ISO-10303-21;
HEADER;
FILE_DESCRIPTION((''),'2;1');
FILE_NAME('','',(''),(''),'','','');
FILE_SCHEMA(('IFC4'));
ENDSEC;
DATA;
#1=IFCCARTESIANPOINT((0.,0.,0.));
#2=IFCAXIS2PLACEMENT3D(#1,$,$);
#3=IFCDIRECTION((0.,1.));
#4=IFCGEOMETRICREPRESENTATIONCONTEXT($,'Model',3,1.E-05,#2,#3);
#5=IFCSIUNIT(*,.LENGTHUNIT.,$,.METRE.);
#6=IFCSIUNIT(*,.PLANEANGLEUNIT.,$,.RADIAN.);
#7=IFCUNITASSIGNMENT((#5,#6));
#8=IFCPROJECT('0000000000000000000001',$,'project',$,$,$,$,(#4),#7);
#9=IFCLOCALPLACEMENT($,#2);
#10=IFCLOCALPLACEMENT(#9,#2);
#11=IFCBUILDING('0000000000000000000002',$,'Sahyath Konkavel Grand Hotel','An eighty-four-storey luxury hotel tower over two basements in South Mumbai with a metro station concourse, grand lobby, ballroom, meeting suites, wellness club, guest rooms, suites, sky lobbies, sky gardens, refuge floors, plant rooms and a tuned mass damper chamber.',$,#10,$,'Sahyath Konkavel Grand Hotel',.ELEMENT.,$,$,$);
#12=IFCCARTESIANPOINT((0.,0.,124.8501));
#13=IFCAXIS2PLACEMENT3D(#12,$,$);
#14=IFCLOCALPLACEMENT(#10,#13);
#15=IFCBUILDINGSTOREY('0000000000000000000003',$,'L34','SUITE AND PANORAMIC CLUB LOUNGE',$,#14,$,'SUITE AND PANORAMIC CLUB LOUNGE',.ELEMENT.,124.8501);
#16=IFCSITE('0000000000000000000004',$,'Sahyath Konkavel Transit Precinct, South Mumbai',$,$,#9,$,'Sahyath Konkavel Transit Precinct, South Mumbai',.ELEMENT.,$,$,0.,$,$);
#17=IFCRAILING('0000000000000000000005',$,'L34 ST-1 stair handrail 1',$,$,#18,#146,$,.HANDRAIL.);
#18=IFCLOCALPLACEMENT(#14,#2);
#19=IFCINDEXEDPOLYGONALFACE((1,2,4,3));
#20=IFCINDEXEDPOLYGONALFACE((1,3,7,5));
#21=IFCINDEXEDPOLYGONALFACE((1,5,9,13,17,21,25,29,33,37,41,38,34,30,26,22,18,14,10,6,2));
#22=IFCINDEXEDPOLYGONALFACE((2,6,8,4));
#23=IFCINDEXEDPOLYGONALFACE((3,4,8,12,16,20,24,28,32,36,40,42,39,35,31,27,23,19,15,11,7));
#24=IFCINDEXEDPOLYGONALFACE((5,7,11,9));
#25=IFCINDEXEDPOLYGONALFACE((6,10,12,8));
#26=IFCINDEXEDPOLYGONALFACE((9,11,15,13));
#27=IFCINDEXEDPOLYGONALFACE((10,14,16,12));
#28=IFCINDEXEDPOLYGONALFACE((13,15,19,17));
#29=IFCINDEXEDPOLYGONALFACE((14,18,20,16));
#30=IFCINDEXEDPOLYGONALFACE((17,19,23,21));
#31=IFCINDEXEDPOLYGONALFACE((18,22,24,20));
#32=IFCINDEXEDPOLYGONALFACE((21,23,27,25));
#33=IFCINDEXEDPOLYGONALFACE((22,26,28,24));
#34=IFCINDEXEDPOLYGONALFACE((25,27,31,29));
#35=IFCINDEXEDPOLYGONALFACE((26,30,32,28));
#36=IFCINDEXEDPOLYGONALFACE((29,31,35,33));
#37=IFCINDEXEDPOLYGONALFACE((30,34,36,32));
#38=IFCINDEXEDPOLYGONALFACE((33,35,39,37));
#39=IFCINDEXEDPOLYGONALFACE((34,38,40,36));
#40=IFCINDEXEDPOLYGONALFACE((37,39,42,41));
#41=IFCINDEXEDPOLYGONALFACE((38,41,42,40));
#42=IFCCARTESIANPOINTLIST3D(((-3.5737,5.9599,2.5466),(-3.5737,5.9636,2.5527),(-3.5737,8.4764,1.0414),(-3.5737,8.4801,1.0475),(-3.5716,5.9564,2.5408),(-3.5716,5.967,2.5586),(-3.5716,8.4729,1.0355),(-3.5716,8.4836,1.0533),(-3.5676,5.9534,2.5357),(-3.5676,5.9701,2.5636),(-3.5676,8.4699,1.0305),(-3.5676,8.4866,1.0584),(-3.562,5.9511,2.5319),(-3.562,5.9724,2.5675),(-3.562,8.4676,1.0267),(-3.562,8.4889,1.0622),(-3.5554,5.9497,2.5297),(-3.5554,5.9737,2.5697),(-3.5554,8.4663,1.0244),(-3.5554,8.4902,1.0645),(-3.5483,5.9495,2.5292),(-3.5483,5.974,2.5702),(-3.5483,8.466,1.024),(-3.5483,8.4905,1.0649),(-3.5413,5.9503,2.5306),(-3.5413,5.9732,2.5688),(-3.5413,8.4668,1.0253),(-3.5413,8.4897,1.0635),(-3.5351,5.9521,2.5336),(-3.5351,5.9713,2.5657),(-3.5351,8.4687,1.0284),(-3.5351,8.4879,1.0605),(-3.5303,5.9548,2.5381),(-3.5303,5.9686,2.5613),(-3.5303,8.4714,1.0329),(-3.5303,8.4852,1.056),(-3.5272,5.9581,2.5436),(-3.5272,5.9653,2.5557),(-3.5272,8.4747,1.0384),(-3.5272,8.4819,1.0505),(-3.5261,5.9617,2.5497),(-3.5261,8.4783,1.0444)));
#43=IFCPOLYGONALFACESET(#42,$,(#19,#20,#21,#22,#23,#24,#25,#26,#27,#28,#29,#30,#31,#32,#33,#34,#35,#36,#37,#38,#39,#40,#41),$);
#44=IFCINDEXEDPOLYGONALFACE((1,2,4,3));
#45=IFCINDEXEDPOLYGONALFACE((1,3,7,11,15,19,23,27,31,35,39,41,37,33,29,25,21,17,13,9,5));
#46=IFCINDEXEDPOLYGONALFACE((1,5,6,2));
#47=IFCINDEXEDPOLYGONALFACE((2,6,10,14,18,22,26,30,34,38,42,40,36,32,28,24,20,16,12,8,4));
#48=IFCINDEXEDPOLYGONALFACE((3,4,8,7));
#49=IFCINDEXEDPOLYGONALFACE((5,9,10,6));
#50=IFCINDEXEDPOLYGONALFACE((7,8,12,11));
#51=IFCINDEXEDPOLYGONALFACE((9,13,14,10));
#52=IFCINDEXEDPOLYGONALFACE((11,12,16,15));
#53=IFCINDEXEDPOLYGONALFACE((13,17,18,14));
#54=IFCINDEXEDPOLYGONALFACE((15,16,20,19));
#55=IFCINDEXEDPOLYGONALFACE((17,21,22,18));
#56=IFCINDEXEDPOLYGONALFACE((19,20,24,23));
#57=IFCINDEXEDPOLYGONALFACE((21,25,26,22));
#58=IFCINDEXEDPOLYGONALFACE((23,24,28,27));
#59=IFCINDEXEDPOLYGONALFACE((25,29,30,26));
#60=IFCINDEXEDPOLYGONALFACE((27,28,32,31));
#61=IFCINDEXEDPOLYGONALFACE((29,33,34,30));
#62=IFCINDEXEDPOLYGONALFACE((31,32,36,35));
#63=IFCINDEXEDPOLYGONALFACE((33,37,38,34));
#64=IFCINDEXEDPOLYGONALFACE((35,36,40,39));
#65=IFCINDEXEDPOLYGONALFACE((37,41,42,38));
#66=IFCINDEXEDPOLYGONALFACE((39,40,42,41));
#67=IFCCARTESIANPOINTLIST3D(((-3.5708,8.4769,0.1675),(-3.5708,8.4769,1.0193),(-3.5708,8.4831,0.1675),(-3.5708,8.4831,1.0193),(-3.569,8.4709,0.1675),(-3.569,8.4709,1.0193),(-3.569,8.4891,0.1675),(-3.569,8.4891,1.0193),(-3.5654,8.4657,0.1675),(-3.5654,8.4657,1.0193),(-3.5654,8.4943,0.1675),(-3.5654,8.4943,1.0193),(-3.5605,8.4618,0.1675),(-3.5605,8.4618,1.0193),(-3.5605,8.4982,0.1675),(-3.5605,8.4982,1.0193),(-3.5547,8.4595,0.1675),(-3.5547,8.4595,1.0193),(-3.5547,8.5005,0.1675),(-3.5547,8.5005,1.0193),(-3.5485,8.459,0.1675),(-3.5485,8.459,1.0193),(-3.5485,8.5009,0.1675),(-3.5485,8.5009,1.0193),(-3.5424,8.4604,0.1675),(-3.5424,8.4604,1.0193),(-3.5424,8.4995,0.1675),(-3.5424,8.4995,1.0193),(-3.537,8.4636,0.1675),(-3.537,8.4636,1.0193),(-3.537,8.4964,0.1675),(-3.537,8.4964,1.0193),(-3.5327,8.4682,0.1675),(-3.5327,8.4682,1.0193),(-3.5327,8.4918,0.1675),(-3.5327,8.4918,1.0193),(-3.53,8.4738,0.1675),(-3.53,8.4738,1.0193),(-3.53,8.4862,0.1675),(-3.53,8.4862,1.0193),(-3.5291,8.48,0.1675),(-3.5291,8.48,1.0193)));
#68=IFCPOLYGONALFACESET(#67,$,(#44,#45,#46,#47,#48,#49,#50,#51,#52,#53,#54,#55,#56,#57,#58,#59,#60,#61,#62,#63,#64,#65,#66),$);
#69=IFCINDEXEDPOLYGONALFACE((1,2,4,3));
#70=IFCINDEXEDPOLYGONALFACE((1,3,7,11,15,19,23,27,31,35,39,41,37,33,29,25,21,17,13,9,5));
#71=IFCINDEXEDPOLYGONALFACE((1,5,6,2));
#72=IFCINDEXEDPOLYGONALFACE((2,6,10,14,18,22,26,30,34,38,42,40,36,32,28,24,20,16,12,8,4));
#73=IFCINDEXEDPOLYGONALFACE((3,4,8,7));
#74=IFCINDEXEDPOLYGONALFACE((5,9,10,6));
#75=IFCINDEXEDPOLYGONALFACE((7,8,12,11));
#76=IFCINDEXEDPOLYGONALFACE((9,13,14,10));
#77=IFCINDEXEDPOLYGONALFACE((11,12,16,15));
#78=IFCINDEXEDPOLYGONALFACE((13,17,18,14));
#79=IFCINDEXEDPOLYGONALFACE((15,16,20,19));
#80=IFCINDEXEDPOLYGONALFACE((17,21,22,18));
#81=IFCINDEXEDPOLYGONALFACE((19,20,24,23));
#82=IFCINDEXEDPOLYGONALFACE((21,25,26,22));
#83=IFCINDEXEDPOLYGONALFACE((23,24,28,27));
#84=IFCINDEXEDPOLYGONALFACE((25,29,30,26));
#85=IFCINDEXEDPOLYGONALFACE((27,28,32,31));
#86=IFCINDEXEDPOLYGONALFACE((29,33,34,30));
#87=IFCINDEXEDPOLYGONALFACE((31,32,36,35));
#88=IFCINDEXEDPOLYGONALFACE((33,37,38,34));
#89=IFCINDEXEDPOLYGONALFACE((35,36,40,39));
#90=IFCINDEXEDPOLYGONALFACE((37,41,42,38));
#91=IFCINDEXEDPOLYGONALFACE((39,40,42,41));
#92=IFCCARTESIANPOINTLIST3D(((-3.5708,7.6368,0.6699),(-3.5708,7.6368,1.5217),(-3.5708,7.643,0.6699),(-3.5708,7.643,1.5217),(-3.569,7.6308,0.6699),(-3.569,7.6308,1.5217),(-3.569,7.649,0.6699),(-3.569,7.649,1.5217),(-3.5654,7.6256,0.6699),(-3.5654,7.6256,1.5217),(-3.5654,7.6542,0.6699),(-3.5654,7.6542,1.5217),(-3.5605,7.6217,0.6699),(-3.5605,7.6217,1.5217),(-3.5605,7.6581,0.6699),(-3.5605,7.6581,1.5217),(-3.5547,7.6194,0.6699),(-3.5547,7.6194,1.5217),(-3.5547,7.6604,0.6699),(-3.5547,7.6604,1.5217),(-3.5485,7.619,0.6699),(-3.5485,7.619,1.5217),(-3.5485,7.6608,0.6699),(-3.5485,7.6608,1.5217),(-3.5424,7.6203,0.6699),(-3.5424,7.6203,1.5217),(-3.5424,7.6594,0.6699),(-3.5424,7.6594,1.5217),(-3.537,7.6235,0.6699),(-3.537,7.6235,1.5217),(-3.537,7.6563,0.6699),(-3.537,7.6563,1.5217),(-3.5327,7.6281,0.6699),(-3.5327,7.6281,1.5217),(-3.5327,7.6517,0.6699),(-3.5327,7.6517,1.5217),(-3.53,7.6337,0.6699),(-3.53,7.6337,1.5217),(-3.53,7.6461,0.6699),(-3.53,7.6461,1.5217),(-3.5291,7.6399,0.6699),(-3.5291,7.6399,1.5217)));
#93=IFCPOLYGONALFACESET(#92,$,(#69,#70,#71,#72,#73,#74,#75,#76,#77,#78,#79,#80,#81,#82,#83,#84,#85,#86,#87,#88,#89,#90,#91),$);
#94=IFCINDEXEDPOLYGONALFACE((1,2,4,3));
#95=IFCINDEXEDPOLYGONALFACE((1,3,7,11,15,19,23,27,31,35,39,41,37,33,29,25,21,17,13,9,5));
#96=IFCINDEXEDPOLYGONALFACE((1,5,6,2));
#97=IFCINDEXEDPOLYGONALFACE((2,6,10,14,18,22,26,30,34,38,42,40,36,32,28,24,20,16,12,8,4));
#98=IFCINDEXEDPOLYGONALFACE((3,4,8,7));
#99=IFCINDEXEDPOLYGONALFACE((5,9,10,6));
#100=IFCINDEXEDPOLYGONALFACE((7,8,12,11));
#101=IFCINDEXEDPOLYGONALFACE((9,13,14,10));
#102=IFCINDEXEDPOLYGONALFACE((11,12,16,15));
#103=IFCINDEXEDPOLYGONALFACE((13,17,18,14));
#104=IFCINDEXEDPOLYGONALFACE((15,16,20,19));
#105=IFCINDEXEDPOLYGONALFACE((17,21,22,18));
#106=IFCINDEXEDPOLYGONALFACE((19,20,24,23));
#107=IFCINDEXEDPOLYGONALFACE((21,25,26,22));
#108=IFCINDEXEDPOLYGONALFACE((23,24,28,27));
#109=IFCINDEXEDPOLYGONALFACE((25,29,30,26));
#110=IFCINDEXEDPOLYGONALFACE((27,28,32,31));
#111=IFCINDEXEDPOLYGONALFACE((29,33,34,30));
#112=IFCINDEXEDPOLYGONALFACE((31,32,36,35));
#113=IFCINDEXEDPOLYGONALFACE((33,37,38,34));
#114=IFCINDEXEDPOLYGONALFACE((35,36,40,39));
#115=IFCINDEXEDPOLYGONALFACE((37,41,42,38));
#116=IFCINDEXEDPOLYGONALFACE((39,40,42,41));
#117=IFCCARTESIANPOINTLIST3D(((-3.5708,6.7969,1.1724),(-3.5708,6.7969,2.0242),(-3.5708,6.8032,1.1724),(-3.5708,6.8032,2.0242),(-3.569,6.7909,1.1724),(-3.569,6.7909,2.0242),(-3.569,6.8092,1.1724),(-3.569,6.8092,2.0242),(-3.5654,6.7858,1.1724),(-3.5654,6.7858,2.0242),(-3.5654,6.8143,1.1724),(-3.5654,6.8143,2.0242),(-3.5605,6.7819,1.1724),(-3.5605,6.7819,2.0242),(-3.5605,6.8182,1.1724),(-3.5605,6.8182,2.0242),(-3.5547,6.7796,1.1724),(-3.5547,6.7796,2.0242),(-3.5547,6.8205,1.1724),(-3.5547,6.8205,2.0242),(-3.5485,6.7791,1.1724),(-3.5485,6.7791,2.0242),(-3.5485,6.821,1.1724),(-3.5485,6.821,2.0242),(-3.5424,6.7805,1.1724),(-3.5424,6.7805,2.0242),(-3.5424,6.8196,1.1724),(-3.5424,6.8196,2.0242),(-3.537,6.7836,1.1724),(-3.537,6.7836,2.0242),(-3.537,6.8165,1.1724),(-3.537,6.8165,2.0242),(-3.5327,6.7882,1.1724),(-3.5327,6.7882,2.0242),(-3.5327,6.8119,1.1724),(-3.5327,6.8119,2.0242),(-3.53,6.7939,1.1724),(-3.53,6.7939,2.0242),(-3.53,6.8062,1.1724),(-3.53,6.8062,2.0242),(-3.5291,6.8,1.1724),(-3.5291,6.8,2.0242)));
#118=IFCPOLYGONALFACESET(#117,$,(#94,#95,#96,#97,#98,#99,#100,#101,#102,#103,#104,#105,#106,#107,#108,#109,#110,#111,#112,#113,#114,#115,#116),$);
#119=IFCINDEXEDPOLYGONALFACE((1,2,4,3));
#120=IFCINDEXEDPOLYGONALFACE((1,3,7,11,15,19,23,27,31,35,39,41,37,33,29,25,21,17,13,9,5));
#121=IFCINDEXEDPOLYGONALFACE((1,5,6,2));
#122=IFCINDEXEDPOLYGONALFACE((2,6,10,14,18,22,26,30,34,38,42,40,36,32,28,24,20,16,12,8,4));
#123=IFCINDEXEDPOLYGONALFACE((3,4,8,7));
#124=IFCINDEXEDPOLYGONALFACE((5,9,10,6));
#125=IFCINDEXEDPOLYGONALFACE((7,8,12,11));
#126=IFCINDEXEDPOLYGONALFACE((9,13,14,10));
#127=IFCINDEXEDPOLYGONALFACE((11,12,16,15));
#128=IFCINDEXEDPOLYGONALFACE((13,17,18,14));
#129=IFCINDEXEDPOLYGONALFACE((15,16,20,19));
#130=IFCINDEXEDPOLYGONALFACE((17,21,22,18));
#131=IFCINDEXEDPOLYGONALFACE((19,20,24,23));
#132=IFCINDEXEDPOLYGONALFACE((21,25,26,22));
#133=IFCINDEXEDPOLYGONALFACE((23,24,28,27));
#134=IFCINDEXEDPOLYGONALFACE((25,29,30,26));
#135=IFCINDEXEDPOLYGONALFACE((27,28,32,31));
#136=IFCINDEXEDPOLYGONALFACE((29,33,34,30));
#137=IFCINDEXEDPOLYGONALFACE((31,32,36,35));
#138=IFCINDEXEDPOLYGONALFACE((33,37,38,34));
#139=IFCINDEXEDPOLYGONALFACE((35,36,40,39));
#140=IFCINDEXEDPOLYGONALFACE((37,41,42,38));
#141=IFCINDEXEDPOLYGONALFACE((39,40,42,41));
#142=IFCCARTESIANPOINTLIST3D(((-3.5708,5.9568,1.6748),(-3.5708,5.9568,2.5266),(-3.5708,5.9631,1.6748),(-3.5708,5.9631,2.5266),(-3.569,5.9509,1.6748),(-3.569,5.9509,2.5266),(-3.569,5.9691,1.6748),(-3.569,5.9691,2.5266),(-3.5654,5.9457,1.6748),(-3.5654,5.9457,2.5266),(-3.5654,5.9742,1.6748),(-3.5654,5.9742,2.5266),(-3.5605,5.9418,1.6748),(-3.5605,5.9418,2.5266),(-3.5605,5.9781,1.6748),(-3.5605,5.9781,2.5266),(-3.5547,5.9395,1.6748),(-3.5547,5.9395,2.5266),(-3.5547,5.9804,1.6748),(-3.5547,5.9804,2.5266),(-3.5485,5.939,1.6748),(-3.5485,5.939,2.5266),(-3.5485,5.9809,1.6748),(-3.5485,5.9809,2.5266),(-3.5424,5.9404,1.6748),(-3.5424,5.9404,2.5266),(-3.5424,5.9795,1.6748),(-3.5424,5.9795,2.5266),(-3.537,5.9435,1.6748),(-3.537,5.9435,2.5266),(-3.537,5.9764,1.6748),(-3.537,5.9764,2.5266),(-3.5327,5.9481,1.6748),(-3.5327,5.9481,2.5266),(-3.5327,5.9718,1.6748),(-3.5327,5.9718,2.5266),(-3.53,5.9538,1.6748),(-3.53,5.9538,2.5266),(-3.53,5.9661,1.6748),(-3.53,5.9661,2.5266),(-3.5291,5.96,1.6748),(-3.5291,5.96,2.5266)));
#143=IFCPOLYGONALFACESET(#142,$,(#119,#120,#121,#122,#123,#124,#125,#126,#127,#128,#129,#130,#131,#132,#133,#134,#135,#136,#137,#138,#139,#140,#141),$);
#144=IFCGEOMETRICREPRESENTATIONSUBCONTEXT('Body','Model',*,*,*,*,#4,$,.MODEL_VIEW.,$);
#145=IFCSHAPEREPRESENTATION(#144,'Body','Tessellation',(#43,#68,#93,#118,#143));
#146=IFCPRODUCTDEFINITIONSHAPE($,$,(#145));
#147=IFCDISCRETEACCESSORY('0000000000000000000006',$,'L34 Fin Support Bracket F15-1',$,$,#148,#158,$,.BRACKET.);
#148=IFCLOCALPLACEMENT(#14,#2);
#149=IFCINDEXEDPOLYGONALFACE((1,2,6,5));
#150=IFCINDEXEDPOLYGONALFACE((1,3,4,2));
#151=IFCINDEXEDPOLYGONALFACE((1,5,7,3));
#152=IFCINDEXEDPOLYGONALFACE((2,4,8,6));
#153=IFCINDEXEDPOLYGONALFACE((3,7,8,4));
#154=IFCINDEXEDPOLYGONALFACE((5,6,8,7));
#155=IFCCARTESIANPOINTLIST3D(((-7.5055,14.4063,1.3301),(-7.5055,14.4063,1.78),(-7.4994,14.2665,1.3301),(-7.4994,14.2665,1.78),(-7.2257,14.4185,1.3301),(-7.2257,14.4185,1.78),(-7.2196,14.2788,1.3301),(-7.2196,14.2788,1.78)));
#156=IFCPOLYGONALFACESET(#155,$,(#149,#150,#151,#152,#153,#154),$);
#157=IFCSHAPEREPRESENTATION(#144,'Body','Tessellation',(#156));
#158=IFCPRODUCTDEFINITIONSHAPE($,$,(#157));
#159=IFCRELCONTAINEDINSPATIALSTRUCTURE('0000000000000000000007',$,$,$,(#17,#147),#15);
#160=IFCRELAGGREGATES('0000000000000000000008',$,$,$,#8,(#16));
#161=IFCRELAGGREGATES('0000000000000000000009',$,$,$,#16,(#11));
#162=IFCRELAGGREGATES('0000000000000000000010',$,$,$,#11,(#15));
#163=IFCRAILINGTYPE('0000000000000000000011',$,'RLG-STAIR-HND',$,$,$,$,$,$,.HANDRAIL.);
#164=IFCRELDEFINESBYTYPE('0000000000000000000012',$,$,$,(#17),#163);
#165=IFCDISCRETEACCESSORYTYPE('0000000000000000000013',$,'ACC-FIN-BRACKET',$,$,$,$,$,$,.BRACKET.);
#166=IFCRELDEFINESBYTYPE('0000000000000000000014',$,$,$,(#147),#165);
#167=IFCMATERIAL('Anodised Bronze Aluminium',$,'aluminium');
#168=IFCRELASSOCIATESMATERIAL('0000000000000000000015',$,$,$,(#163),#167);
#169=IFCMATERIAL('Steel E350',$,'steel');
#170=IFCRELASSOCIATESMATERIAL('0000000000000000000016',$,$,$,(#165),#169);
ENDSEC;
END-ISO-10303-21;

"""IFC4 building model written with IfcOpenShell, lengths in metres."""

from ifc_helpers import new_model, si_unit, direction, frame, origin, origin_2d, place, context, subcontext, project, spatial, rectangle, circle, extrude, source, transform, mapped, material, type_object, element, save


model = new_model("IFC4")

# Units and contexts
model_context = context("Model", 3, precision=1e-05, world=origin(), true_north=direction((0.0, 1.0)))
body_context = subcontext(model_context, "Body", "Model", "MODEL_VIEW")
ifc_project = project(units=[si_unit("LENGTHUNIT", "METRE"), si_unit("PLANEANGLEUNIT", "RADIAN")], contexts=[model_context])

# Site, building, storey
site_placement = place(None, origin())
site = spatial("IfcSite", under=ifc_project, at=site_placement, Name="Sahyath Konkavel Transit Precinct, South Mumbai", LongName="Sahyath Konkavel Transit Precinct, South Mumbai", CompositionType="ELEMENT", RefElevation=0.0)
building_placement = place(site_placement, origin())
building = spatial("IfcBuilding", under=site, at=building_placement, Name="Sahyath Konkavel Grand Hotel", Description="An eighty-four-storey luxury hotel tower over two basements in South Mumbai with a metro station concourse, grand lobby, ballroom, meeting suites, wellness club, guest rooms, suites, sky lobbies, sky gardens, refuge floors, plant rooms and a tuned mass damper chamber.", LongName="Sahyath Konkavel Grand Hotel", CompositionType="ELEMENT")
storey_placement = place(building_placement, frame((0.0, 0.0, 124.8501)))
storey = spatial("IfcBuildingStorey", under=building, at=storey_placement, Name="L34", Description="SUITE AND PANORAMIC CLUB LOUNGE", LongName="SUITE AND PANORAMIC CLUB LOUNGE", CompositionType="ELEMENT", Elevation=124.8501)

# Shared definitions
ifc_material_1 = material(Name="Steel E350", Category="steel")

# Shared definitions
ifc_material_2 = material(Name="Anodised Bronze Aluminium", Category="aluminium")

# Railing
railing_type_1 = type_object("IfcRailingType", Name="RLG-STAIR-HND", PredefinedType="HANDRAIL", material=ifc_material_2)
railing_1_placement = place(storey_placement, frame((-3.55, 8.48, 0.1675)))
element("IfcRailing", 1, at=railing_1_placement, inside=storey, type_object=railing_type_1, Name="L34 ST-1 stair handrail 1", PredefinedType="HANDRAIL", context=body_context, shape_type="SweptSolid", body=[
    extrude(circle(Radius=0.0239, at=origin_2d()), frame((0.0, -0.0017, 0.877), z_axis=(0.0, -0.858196, 0.513321), x_axis=(1.0, 0.0, 0.0)), (0.0, 0.0, 1.0), 2.9324),
    extrude(circle(Radius=0.021, at=origin_2d()), origin(), (0.0, 0.0, 1.0), 0.8518),
    extrude(circle(Radius=0.021, at=origin_2d()), frame((0.0, -0.8401, 0.5024)), (0.0, 0.0, 1.0), 0.8518),
    extrude(circle(Radius=0.021, at=origin_2d()), frame((0.0, -1.6799, 1.0049)), (0.0, 0.0, 1.0), 0.8518),
    extrude(circle(Radius=0.021, at=origin_2d()), frame((0.0, -2.52, 1.5073)), (0.0, 0.0, 1.0), 0.8518),
])

# Discrete accessory
discrete_accessory_type = type_object("IfcDiscreteAccessoryType", Name="ACC-FIN-BRACKET", PredefinedType="BRACKET", material=ifc_material_1)
shared_shape_1 = source(origin(), body_context, "Body", "SweptSolid", [
    extrude(rectangle(XDim=0.28, YDim=0.1399, at=origin_2d()), origin(), (0.0, 0.0, 1.0), 0.45),
])
discrete_accessory_placement = place(storey_placement, frame((-7.3625, 14.3425, 1.3301), z_axis=(0.0, 0.0, 1.0), x_axis=(-0.999048, -0.043619, 0.0)))
element("IfcDiscreteAccessory", 2, at=discrete_accessory_placement, inside=storey, type_object=discrete_accessory_type, Name="L34 Fin Support Bracket F15-1", PredefinedType="BRACKET", context=body_context, shape_type="MappedRepresentation", body=[
    mapped(shared_shape_1, transform((0.0, 0.0, 0.0), scale=1.0)),
])

save(model, "model.ifc")
